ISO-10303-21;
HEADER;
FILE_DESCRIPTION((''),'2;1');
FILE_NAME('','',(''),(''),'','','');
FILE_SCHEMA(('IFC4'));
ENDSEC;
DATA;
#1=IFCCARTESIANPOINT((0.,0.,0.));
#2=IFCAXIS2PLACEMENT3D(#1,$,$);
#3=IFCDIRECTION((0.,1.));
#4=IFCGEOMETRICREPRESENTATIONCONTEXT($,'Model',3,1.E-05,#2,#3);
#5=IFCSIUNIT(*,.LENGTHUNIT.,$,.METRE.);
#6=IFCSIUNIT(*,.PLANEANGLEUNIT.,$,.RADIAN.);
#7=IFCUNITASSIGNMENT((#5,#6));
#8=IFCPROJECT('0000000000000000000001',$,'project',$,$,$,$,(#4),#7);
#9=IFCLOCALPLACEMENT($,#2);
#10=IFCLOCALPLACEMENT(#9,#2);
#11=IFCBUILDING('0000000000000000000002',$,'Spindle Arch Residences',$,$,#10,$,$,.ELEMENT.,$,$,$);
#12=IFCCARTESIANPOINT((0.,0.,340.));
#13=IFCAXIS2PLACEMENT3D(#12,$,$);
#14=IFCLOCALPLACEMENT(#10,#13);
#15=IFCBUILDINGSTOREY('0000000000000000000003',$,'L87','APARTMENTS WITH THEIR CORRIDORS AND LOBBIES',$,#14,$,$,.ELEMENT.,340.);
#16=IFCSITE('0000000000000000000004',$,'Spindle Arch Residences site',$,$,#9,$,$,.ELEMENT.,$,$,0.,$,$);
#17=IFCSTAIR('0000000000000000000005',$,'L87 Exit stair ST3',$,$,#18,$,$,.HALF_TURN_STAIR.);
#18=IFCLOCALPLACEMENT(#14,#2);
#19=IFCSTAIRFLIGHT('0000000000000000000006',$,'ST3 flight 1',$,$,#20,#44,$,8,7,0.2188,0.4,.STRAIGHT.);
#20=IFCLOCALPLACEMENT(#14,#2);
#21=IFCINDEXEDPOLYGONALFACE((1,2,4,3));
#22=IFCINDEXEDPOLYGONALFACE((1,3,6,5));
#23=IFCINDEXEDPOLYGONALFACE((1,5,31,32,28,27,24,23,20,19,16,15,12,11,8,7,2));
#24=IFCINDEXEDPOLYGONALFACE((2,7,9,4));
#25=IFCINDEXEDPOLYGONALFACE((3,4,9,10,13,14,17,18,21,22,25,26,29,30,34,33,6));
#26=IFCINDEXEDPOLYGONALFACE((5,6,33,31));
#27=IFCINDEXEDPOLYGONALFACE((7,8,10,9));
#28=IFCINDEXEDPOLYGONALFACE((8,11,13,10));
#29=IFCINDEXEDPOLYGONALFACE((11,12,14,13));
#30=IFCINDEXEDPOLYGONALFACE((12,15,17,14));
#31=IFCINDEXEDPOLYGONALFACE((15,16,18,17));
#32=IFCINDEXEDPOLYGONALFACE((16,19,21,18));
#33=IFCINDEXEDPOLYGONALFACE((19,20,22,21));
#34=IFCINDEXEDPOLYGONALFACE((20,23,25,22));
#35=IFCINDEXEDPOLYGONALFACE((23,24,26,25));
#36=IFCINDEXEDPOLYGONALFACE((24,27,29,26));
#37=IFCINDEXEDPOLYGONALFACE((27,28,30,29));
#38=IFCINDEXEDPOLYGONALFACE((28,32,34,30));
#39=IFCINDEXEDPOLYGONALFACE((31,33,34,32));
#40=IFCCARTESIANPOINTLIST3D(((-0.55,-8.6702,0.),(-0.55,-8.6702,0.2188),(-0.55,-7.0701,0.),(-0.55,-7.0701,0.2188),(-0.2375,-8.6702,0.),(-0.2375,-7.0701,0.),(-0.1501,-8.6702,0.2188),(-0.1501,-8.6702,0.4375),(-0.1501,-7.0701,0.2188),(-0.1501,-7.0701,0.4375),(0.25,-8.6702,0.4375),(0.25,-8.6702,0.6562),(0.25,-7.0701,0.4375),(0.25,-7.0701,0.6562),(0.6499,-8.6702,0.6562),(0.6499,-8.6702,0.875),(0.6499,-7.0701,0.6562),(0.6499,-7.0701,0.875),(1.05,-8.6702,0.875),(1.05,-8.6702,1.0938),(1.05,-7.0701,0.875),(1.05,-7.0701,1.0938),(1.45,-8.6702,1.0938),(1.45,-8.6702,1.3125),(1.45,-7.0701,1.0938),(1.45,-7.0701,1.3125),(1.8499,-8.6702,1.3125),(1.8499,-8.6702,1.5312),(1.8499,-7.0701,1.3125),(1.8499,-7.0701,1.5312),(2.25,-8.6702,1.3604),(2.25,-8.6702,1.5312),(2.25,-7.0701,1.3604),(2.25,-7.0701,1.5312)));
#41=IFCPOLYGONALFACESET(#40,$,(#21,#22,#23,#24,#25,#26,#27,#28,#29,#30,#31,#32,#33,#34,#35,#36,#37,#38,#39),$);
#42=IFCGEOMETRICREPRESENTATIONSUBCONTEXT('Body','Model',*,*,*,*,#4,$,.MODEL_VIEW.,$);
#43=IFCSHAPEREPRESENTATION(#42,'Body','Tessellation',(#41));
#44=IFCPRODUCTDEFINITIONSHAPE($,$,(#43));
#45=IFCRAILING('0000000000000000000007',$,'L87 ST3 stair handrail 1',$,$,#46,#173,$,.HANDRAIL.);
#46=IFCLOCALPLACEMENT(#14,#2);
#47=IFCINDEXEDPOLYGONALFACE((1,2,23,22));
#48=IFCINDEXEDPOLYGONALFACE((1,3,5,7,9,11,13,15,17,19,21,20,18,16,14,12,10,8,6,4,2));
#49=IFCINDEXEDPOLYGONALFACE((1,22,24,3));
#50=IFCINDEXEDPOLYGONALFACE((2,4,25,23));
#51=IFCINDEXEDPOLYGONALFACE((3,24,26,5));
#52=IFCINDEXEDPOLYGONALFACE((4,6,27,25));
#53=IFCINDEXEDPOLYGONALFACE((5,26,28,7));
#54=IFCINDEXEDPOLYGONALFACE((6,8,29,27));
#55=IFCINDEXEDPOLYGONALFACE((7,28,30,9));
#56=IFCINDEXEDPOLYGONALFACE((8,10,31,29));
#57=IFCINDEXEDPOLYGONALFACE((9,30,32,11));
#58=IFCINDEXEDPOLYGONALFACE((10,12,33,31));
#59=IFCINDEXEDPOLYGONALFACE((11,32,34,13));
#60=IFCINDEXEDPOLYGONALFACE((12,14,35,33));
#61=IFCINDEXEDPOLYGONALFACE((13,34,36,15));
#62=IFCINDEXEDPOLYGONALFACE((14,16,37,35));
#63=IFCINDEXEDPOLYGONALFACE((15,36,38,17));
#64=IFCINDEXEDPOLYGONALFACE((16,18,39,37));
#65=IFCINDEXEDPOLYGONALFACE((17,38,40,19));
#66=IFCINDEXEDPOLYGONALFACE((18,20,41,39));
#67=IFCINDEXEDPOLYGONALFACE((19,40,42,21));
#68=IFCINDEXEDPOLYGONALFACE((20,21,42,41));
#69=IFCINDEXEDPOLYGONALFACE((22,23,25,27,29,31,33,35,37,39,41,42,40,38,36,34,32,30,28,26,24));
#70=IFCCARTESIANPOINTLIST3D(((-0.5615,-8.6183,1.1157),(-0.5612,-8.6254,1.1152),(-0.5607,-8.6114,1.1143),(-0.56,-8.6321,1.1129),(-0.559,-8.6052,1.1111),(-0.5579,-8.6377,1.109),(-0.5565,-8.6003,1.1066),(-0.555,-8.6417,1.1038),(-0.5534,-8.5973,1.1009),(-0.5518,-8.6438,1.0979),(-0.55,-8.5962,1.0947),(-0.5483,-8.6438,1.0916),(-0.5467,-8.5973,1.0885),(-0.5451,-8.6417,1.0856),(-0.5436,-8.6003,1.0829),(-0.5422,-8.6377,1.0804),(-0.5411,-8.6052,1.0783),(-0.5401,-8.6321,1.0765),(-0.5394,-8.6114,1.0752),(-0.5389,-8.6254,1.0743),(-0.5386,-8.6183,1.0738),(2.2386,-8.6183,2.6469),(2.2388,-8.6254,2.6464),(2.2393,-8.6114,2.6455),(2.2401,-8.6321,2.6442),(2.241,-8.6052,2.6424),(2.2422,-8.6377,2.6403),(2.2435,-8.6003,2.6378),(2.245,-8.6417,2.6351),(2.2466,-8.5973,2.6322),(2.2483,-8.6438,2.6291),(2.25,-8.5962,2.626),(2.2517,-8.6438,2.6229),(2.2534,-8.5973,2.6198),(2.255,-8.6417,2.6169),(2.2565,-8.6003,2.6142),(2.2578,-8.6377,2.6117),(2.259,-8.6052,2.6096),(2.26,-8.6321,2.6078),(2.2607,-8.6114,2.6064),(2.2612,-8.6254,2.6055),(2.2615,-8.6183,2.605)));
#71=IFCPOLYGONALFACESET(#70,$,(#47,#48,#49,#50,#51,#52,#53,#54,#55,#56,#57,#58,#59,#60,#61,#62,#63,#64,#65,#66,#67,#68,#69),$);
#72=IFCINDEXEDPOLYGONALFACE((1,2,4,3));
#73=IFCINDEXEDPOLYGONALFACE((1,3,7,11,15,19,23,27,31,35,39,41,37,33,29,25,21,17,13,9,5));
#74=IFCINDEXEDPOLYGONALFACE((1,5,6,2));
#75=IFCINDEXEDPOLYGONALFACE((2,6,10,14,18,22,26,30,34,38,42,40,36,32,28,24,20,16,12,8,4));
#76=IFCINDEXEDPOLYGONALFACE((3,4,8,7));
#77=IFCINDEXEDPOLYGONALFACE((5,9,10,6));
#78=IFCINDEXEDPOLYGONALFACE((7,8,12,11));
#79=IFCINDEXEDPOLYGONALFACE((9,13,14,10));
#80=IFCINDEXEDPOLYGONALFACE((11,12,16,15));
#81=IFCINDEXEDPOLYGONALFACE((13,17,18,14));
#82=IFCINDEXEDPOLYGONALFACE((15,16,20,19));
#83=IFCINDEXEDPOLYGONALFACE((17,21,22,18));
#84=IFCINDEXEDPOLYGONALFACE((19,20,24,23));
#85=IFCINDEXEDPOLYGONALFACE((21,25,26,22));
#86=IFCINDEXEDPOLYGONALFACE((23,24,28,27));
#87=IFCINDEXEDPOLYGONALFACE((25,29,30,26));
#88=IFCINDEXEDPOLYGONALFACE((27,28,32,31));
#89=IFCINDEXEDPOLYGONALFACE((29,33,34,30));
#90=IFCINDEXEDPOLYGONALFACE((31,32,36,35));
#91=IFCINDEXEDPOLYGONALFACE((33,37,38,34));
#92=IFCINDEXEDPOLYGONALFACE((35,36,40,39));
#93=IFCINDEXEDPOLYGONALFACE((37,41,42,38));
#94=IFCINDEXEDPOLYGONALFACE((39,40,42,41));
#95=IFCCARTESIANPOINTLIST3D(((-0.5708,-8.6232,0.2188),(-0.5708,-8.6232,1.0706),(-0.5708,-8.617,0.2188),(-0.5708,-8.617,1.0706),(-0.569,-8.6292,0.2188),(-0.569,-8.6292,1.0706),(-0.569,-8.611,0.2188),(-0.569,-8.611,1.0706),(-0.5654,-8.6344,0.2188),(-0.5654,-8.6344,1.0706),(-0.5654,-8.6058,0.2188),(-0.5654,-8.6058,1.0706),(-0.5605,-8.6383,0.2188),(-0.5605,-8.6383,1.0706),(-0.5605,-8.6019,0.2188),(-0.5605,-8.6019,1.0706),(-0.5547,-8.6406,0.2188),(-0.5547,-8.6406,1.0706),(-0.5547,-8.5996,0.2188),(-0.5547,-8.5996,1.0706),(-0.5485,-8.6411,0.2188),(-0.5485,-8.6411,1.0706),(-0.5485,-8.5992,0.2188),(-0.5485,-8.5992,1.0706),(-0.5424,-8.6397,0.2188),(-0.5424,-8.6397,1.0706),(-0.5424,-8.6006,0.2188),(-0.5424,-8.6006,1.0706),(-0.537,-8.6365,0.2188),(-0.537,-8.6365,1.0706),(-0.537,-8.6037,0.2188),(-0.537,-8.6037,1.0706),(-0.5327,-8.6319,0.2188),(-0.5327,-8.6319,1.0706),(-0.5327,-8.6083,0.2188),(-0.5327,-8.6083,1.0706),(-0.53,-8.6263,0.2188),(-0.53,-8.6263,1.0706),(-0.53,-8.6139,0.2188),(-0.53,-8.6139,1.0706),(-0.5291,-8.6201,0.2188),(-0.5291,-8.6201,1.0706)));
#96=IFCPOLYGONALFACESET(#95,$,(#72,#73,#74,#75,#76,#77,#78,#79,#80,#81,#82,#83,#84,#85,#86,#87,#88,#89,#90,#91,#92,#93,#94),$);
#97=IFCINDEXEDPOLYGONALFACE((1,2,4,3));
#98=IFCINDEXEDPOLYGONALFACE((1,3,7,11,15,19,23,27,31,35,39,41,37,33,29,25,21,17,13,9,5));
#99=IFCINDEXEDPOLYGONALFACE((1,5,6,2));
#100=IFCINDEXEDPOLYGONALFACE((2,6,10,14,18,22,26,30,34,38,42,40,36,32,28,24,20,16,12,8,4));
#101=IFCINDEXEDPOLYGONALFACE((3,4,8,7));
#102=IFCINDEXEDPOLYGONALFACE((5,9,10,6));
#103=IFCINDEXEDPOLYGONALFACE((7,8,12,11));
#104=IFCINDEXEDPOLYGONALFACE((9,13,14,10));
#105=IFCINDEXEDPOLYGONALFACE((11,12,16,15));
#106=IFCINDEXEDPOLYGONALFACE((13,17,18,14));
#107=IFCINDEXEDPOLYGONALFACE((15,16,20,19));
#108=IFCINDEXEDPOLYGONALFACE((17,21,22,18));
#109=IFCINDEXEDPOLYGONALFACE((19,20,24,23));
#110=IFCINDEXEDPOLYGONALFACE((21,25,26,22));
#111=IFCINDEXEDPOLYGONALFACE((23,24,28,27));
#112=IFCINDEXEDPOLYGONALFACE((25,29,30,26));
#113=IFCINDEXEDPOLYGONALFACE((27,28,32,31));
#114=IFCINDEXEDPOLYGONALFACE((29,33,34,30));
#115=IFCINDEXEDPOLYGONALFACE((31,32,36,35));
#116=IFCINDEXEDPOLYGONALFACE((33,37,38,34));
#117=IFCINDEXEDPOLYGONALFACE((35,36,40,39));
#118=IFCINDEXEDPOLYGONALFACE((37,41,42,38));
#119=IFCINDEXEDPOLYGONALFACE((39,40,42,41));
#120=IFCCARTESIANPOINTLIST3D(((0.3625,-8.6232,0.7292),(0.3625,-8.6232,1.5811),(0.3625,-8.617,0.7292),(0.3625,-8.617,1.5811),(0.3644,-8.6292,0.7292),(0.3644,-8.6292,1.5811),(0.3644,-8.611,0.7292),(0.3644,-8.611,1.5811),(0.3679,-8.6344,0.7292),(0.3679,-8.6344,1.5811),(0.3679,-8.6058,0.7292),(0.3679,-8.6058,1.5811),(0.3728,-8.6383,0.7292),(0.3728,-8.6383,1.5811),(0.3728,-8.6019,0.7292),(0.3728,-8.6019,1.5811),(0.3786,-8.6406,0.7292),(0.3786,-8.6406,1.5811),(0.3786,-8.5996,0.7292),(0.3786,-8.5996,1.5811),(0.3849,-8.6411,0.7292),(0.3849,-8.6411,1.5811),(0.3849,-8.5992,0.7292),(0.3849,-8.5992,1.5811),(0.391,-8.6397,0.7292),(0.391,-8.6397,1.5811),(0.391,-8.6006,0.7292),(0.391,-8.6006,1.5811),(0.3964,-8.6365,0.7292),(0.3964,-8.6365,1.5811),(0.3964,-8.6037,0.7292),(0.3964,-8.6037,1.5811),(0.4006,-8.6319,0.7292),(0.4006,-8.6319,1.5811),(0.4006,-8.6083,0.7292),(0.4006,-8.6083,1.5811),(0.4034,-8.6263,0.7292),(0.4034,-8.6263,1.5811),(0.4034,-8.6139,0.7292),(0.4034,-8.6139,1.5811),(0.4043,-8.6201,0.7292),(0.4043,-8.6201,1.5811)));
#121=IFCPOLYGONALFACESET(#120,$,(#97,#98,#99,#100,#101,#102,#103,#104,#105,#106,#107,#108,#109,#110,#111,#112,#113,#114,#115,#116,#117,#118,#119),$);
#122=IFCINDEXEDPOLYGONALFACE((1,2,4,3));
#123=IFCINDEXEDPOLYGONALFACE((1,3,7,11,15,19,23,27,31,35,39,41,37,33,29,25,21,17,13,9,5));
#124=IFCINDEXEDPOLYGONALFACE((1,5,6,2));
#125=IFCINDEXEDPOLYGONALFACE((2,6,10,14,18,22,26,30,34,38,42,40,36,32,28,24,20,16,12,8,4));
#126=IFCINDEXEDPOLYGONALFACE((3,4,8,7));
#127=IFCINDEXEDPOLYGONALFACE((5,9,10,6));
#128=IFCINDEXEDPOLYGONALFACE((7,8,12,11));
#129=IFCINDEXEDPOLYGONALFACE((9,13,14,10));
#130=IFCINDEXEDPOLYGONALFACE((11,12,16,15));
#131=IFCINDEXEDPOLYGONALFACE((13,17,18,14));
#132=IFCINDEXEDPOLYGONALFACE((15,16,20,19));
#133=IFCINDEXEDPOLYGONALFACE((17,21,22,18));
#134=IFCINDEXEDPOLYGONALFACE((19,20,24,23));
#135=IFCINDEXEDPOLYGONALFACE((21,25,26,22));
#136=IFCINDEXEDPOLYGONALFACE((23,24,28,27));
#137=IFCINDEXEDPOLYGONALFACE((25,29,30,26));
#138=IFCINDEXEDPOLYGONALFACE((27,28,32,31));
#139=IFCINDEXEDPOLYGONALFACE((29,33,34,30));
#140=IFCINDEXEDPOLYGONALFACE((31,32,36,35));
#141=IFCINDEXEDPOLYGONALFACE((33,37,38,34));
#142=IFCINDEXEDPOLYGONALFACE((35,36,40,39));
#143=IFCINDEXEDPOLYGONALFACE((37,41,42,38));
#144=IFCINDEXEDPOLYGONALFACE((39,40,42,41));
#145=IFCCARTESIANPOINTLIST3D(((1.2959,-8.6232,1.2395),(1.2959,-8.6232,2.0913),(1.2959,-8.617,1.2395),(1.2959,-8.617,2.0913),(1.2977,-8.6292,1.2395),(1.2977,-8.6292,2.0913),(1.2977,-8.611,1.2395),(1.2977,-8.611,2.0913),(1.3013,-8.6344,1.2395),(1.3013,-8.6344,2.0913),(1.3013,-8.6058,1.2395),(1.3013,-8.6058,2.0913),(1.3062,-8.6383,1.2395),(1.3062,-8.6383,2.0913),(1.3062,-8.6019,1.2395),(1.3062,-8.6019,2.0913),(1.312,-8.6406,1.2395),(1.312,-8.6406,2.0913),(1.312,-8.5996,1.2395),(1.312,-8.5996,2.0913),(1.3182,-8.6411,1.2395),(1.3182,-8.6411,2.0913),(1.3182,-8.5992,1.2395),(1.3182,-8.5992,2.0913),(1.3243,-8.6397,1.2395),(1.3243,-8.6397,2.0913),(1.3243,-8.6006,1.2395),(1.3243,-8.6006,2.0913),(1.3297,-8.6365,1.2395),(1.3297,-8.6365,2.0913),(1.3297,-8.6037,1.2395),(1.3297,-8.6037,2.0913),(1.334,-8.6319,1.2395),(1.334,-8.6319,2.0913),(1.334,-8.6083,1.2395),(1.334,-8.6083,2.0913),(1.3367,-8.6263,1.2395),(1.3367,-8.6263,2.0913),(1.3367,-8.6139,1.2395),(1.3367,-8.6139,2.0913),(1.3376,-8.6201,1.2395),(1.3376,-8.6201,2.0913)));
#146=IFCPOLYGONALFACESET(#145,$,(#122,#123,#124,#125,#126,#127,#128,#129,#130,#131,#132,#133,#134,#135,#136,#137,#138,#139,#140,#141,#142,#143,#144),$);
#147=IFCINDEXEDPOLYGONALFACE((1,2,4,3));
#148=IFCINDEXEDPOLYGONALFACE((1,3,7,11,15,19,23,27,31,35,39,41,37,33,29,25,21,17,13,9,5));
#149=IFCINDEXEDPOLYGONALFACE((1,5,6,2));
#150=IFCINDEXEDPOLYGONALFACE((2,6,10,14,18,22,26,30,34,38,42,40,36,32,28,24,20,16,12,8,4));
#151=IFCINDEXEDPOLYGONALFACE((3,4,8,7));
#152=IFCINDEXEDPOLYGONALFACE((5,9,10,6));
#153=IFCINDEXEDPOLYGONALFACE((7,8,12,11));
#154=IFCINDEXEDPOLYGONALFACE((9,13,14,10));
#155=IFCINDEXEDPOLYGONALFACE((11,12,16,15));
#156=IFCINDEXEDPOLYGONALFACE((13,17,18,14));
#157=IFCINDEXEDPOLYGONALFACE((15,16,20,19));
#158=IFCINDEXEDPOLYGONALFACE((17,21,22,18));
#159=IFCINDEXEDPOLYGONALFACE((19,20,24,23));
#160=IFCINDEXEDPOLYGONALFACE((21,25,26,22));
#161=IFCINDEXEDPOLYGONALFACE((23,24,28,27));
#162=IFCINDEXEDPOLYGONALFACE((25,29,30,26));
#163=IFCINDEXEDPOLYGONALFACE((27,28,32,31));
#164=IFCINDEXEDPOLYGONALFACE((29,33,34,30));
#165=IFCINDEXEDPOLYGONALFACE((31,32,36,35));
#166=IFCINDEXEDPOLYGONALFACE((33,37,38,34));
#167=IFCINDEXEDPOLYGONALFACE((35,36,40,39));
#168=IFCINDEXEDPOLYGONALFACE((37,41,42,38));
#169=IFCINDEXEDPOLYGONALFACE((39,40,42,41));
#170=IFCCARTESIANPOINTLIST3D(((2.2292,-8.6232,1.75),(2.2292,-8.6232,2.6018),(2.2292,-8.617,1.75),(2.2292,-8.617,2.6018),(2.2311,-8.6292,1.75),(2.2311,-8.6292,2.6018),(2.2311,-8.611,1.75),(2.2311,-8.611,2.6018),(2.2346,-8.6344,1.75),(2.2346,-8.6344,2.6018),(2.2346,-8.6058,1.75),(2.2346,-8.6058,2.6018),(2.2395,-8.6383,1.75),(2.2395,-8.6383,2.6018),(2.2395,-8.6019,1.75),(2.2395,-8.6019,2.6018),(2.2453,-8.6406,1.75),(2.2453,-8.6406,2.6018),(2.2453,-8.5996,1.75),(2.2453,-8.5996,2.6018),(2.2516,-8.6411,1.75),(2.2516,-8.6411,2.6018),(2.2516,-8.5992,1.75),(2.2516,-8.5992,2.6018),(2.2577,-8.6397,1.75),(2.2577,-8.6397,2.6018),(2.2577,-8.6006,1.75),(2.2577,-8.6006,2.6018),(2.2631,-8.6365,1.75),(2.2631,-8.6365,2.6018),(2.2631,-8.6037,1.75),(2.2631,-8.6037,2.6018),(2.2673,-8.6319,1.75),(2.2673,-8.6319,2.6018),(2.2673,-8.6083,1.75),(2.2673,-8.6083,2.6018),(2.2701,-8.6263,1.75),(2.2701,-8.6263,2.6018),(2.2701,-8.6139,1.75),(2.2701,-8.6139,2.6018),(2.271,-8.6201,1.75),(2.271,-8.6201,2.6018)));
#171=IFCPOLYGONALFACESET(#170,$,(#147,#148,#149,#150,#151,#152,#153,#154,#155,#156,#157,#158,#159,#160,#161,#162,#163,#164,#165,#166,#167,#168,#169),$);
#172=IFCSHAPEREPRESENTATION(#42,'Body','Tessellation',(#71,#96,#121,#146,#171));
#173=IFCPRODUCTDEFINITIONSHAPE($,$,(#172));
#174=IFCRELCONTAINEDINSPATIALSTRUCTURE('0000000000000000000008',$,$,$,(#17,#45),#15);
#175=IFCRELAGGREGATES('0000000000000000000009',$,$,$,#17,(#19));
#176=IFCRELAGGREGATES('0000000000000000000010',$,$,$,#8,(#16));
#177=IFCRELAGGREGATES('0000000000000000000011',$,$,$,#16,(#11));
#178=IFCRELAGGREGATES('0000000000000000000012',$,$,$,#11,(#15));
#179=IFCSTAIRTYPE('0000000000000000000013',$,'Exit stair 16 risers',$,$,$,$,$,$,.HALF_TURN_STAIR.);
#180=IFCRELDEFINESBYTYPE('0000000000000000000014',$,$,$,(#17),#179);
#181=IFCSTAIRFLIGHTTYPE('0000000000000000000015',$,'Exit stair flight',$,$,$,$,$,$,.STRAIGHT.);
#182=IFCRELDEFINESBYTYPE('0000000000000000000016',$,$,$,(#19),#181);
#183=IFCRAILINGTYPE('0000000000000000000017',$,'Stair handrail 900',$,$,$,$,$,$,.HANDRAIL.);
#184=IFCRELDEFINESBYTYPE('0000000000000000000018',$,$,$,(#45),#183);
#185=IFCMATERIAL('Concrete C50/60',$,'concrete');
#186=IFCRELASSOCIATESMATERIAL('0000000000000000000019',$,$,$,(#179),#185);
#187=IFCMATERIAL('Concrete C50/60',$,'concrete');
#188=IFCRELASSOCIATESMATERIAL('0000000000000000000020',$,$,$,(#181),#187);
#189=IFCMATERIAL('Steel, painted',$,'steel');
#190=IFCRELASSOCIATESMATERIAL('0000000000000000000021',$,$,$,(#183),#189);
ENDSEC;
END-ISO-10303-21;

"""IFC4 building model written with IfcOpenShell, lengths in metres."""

from ifc_helpers import new_model, si_unit, direction, frame, origin, origin_2d, place, context, subcontext, project, spatial, polyline, circle, outline, extrude, material, type_object, element, aggregate, save


model = new_model("IFC4")

# Units and contexts
model_context = context("Model", 3, precision=1e-05, world=origin(), true_north=direction((0.0, 1.0)))
body_context = subcontext(model_context, "Body", "Model", "MODEL_VIEW")
ifc_project = project(units=[si_unit("LENGTHUNIT", "METRE"), si_unit("PLANEANGLEUNIT", "RADIAN")], contexts=[model_context])

# Site, building, storey
site_placement = place(None, origin())
site = spatial("IfcSite", under=ifc_project, at=site_placement, Name="Spindle Arch Residences site", CompositionType="ELEMENT", RefElevation=0.0)
building_placement = place(site_placement, origin())
building = spatial("IfcBuilding", under=site, at=building_placement, Name="Spindle Arch Residences", CompositionType="ELEMENT")
storey_placement = place(building_placement, frame((0.0, 0.0, 340.0)))
storey = spatial("IfcBuildingStorey", under=building, at=storey_placement, Name="L87", Description="APARTMENTS WITH THEIR CORRIDORS AND LOBBIES", CompositionType="ELEMENT", Elevation=340.0)

# Stair, stair flight
ifc_material_1 = material(Name="Concrete C50/60", Category="concrete")
stair_type = type_object("IfcStairType", Name="Exit stair 16 risers", PredefinedType="HALF_TURN_STAIR", material=ifc_material_1)
stair_placement = place(storey_placement, origin())
stair = element("IfcStair", 1, at=stair_placement, inside=storey, type_object=stair_type, Name="L87 Exit stair ST3", PredefinedType="HALF_TURN_STAIR")
ifc_material_2 = material(Name="Concrete C50/60", Category="concrete")
stair_flight_type = type_object("IfcStairFlightType", Name="Exit stair flight", PredefinedType="STRAIGHT", material=ifc_material_2)
stair_flight_placement = place(storey_placement, frame((-0.55, -7.8701, 0.0), z_axis=(0.0, 0.0, 1.0), x_axis=(1.0, 0.0, 0.0)))
stair_flight = element("IfcStairFlight", 2, at=stair_flight_placement, type_object=stair_flight_type, Name="ST3 flight 1", NumberOfRisers=8, NumberOfTreads=7, PredefinedType="STRAIGHT", RiserHeight=0.2188, TreadLength=0.4, context=body_context, shape_type="SweptSolid", body=[
    extrude(outline(polyline([(0.0, 0.0), (0.0, 0.2188), (0.3999, 0.2188), (0.3999, 0.4375), (0.8, 0.4375), (0.8, 0.6562), (1.2, 0.6562), (1.2, 0.875), (1.6001, 0.875), (1.6001, 1.0938), (2.0, 1.0938), (2.0, 1.3125), (2.3999, 1.3125), (2.3999, 1.5312), (2.8, 1.5312), (2.8, 1.75), (2.8, 1.3604), (0.3125, 0.0), (0.0, 0.0)])), frame((0.0, 0.8, 0.0), z_axis=(0.0, -1.0, 0.0), x_axis=(1.0, 0.0, 0.0)), (0.0, 0.0, 1.0), 1.6001),
])
aggregate(stair, [stair_flight])

# Railing
ifc_material_3 = material(Name="Steel, painted", Category="steel")
railing_type_1 = type_object("IfcRailingType", Name="Stair handrail 900", PredefinedType="HANDRAIL", material=ifc_material_3)
railing_1_placement = place(storey_placement, frame((-0.55, -8.6201, 0.2188)))
element("IfcRailing", 3, at=railing_1_placement, inside=storey, type_object=railing_type_1, Name="L87 ST3 stair handrail 1", PredefinedType="HANDRAIL", context=body_context, shape_type="SweptSolid", body=[
    extrude(circle(Radius=0.0239, at=origin_2d()), frame((0.0, 0.0, 0.876), z_axis=(0.877375, 0.0, 0.479806), x_axis=(0.0, 1.0, 0.0)), (0.0, 0.0, 1.0), 3.1914),
    extrude(circle(Radius=0.021, at=origin_2d()), origin(), (0.0, 0.0, 1.0), 0.8518),
    extrude(circle(Radius=0.021, at=origin_2d()), frame((0.9333, 0.0, 0.5105)), (0.0, 0.0, 1.0), 0.8518),
    extrude(circle(Radius=0.021, at=origin_2d()), frame((1.8667, 0.0, 1.0208)), (0.0, 0.0, 1.0), 0.8518),
    extrude(circle(Radius=0.021, at=origin_2d()), frame((2.8, 0.0, 1.5312)), (0.0, 0.0, 1.0), 0.8518),
])

save(model, "model.ifc")
